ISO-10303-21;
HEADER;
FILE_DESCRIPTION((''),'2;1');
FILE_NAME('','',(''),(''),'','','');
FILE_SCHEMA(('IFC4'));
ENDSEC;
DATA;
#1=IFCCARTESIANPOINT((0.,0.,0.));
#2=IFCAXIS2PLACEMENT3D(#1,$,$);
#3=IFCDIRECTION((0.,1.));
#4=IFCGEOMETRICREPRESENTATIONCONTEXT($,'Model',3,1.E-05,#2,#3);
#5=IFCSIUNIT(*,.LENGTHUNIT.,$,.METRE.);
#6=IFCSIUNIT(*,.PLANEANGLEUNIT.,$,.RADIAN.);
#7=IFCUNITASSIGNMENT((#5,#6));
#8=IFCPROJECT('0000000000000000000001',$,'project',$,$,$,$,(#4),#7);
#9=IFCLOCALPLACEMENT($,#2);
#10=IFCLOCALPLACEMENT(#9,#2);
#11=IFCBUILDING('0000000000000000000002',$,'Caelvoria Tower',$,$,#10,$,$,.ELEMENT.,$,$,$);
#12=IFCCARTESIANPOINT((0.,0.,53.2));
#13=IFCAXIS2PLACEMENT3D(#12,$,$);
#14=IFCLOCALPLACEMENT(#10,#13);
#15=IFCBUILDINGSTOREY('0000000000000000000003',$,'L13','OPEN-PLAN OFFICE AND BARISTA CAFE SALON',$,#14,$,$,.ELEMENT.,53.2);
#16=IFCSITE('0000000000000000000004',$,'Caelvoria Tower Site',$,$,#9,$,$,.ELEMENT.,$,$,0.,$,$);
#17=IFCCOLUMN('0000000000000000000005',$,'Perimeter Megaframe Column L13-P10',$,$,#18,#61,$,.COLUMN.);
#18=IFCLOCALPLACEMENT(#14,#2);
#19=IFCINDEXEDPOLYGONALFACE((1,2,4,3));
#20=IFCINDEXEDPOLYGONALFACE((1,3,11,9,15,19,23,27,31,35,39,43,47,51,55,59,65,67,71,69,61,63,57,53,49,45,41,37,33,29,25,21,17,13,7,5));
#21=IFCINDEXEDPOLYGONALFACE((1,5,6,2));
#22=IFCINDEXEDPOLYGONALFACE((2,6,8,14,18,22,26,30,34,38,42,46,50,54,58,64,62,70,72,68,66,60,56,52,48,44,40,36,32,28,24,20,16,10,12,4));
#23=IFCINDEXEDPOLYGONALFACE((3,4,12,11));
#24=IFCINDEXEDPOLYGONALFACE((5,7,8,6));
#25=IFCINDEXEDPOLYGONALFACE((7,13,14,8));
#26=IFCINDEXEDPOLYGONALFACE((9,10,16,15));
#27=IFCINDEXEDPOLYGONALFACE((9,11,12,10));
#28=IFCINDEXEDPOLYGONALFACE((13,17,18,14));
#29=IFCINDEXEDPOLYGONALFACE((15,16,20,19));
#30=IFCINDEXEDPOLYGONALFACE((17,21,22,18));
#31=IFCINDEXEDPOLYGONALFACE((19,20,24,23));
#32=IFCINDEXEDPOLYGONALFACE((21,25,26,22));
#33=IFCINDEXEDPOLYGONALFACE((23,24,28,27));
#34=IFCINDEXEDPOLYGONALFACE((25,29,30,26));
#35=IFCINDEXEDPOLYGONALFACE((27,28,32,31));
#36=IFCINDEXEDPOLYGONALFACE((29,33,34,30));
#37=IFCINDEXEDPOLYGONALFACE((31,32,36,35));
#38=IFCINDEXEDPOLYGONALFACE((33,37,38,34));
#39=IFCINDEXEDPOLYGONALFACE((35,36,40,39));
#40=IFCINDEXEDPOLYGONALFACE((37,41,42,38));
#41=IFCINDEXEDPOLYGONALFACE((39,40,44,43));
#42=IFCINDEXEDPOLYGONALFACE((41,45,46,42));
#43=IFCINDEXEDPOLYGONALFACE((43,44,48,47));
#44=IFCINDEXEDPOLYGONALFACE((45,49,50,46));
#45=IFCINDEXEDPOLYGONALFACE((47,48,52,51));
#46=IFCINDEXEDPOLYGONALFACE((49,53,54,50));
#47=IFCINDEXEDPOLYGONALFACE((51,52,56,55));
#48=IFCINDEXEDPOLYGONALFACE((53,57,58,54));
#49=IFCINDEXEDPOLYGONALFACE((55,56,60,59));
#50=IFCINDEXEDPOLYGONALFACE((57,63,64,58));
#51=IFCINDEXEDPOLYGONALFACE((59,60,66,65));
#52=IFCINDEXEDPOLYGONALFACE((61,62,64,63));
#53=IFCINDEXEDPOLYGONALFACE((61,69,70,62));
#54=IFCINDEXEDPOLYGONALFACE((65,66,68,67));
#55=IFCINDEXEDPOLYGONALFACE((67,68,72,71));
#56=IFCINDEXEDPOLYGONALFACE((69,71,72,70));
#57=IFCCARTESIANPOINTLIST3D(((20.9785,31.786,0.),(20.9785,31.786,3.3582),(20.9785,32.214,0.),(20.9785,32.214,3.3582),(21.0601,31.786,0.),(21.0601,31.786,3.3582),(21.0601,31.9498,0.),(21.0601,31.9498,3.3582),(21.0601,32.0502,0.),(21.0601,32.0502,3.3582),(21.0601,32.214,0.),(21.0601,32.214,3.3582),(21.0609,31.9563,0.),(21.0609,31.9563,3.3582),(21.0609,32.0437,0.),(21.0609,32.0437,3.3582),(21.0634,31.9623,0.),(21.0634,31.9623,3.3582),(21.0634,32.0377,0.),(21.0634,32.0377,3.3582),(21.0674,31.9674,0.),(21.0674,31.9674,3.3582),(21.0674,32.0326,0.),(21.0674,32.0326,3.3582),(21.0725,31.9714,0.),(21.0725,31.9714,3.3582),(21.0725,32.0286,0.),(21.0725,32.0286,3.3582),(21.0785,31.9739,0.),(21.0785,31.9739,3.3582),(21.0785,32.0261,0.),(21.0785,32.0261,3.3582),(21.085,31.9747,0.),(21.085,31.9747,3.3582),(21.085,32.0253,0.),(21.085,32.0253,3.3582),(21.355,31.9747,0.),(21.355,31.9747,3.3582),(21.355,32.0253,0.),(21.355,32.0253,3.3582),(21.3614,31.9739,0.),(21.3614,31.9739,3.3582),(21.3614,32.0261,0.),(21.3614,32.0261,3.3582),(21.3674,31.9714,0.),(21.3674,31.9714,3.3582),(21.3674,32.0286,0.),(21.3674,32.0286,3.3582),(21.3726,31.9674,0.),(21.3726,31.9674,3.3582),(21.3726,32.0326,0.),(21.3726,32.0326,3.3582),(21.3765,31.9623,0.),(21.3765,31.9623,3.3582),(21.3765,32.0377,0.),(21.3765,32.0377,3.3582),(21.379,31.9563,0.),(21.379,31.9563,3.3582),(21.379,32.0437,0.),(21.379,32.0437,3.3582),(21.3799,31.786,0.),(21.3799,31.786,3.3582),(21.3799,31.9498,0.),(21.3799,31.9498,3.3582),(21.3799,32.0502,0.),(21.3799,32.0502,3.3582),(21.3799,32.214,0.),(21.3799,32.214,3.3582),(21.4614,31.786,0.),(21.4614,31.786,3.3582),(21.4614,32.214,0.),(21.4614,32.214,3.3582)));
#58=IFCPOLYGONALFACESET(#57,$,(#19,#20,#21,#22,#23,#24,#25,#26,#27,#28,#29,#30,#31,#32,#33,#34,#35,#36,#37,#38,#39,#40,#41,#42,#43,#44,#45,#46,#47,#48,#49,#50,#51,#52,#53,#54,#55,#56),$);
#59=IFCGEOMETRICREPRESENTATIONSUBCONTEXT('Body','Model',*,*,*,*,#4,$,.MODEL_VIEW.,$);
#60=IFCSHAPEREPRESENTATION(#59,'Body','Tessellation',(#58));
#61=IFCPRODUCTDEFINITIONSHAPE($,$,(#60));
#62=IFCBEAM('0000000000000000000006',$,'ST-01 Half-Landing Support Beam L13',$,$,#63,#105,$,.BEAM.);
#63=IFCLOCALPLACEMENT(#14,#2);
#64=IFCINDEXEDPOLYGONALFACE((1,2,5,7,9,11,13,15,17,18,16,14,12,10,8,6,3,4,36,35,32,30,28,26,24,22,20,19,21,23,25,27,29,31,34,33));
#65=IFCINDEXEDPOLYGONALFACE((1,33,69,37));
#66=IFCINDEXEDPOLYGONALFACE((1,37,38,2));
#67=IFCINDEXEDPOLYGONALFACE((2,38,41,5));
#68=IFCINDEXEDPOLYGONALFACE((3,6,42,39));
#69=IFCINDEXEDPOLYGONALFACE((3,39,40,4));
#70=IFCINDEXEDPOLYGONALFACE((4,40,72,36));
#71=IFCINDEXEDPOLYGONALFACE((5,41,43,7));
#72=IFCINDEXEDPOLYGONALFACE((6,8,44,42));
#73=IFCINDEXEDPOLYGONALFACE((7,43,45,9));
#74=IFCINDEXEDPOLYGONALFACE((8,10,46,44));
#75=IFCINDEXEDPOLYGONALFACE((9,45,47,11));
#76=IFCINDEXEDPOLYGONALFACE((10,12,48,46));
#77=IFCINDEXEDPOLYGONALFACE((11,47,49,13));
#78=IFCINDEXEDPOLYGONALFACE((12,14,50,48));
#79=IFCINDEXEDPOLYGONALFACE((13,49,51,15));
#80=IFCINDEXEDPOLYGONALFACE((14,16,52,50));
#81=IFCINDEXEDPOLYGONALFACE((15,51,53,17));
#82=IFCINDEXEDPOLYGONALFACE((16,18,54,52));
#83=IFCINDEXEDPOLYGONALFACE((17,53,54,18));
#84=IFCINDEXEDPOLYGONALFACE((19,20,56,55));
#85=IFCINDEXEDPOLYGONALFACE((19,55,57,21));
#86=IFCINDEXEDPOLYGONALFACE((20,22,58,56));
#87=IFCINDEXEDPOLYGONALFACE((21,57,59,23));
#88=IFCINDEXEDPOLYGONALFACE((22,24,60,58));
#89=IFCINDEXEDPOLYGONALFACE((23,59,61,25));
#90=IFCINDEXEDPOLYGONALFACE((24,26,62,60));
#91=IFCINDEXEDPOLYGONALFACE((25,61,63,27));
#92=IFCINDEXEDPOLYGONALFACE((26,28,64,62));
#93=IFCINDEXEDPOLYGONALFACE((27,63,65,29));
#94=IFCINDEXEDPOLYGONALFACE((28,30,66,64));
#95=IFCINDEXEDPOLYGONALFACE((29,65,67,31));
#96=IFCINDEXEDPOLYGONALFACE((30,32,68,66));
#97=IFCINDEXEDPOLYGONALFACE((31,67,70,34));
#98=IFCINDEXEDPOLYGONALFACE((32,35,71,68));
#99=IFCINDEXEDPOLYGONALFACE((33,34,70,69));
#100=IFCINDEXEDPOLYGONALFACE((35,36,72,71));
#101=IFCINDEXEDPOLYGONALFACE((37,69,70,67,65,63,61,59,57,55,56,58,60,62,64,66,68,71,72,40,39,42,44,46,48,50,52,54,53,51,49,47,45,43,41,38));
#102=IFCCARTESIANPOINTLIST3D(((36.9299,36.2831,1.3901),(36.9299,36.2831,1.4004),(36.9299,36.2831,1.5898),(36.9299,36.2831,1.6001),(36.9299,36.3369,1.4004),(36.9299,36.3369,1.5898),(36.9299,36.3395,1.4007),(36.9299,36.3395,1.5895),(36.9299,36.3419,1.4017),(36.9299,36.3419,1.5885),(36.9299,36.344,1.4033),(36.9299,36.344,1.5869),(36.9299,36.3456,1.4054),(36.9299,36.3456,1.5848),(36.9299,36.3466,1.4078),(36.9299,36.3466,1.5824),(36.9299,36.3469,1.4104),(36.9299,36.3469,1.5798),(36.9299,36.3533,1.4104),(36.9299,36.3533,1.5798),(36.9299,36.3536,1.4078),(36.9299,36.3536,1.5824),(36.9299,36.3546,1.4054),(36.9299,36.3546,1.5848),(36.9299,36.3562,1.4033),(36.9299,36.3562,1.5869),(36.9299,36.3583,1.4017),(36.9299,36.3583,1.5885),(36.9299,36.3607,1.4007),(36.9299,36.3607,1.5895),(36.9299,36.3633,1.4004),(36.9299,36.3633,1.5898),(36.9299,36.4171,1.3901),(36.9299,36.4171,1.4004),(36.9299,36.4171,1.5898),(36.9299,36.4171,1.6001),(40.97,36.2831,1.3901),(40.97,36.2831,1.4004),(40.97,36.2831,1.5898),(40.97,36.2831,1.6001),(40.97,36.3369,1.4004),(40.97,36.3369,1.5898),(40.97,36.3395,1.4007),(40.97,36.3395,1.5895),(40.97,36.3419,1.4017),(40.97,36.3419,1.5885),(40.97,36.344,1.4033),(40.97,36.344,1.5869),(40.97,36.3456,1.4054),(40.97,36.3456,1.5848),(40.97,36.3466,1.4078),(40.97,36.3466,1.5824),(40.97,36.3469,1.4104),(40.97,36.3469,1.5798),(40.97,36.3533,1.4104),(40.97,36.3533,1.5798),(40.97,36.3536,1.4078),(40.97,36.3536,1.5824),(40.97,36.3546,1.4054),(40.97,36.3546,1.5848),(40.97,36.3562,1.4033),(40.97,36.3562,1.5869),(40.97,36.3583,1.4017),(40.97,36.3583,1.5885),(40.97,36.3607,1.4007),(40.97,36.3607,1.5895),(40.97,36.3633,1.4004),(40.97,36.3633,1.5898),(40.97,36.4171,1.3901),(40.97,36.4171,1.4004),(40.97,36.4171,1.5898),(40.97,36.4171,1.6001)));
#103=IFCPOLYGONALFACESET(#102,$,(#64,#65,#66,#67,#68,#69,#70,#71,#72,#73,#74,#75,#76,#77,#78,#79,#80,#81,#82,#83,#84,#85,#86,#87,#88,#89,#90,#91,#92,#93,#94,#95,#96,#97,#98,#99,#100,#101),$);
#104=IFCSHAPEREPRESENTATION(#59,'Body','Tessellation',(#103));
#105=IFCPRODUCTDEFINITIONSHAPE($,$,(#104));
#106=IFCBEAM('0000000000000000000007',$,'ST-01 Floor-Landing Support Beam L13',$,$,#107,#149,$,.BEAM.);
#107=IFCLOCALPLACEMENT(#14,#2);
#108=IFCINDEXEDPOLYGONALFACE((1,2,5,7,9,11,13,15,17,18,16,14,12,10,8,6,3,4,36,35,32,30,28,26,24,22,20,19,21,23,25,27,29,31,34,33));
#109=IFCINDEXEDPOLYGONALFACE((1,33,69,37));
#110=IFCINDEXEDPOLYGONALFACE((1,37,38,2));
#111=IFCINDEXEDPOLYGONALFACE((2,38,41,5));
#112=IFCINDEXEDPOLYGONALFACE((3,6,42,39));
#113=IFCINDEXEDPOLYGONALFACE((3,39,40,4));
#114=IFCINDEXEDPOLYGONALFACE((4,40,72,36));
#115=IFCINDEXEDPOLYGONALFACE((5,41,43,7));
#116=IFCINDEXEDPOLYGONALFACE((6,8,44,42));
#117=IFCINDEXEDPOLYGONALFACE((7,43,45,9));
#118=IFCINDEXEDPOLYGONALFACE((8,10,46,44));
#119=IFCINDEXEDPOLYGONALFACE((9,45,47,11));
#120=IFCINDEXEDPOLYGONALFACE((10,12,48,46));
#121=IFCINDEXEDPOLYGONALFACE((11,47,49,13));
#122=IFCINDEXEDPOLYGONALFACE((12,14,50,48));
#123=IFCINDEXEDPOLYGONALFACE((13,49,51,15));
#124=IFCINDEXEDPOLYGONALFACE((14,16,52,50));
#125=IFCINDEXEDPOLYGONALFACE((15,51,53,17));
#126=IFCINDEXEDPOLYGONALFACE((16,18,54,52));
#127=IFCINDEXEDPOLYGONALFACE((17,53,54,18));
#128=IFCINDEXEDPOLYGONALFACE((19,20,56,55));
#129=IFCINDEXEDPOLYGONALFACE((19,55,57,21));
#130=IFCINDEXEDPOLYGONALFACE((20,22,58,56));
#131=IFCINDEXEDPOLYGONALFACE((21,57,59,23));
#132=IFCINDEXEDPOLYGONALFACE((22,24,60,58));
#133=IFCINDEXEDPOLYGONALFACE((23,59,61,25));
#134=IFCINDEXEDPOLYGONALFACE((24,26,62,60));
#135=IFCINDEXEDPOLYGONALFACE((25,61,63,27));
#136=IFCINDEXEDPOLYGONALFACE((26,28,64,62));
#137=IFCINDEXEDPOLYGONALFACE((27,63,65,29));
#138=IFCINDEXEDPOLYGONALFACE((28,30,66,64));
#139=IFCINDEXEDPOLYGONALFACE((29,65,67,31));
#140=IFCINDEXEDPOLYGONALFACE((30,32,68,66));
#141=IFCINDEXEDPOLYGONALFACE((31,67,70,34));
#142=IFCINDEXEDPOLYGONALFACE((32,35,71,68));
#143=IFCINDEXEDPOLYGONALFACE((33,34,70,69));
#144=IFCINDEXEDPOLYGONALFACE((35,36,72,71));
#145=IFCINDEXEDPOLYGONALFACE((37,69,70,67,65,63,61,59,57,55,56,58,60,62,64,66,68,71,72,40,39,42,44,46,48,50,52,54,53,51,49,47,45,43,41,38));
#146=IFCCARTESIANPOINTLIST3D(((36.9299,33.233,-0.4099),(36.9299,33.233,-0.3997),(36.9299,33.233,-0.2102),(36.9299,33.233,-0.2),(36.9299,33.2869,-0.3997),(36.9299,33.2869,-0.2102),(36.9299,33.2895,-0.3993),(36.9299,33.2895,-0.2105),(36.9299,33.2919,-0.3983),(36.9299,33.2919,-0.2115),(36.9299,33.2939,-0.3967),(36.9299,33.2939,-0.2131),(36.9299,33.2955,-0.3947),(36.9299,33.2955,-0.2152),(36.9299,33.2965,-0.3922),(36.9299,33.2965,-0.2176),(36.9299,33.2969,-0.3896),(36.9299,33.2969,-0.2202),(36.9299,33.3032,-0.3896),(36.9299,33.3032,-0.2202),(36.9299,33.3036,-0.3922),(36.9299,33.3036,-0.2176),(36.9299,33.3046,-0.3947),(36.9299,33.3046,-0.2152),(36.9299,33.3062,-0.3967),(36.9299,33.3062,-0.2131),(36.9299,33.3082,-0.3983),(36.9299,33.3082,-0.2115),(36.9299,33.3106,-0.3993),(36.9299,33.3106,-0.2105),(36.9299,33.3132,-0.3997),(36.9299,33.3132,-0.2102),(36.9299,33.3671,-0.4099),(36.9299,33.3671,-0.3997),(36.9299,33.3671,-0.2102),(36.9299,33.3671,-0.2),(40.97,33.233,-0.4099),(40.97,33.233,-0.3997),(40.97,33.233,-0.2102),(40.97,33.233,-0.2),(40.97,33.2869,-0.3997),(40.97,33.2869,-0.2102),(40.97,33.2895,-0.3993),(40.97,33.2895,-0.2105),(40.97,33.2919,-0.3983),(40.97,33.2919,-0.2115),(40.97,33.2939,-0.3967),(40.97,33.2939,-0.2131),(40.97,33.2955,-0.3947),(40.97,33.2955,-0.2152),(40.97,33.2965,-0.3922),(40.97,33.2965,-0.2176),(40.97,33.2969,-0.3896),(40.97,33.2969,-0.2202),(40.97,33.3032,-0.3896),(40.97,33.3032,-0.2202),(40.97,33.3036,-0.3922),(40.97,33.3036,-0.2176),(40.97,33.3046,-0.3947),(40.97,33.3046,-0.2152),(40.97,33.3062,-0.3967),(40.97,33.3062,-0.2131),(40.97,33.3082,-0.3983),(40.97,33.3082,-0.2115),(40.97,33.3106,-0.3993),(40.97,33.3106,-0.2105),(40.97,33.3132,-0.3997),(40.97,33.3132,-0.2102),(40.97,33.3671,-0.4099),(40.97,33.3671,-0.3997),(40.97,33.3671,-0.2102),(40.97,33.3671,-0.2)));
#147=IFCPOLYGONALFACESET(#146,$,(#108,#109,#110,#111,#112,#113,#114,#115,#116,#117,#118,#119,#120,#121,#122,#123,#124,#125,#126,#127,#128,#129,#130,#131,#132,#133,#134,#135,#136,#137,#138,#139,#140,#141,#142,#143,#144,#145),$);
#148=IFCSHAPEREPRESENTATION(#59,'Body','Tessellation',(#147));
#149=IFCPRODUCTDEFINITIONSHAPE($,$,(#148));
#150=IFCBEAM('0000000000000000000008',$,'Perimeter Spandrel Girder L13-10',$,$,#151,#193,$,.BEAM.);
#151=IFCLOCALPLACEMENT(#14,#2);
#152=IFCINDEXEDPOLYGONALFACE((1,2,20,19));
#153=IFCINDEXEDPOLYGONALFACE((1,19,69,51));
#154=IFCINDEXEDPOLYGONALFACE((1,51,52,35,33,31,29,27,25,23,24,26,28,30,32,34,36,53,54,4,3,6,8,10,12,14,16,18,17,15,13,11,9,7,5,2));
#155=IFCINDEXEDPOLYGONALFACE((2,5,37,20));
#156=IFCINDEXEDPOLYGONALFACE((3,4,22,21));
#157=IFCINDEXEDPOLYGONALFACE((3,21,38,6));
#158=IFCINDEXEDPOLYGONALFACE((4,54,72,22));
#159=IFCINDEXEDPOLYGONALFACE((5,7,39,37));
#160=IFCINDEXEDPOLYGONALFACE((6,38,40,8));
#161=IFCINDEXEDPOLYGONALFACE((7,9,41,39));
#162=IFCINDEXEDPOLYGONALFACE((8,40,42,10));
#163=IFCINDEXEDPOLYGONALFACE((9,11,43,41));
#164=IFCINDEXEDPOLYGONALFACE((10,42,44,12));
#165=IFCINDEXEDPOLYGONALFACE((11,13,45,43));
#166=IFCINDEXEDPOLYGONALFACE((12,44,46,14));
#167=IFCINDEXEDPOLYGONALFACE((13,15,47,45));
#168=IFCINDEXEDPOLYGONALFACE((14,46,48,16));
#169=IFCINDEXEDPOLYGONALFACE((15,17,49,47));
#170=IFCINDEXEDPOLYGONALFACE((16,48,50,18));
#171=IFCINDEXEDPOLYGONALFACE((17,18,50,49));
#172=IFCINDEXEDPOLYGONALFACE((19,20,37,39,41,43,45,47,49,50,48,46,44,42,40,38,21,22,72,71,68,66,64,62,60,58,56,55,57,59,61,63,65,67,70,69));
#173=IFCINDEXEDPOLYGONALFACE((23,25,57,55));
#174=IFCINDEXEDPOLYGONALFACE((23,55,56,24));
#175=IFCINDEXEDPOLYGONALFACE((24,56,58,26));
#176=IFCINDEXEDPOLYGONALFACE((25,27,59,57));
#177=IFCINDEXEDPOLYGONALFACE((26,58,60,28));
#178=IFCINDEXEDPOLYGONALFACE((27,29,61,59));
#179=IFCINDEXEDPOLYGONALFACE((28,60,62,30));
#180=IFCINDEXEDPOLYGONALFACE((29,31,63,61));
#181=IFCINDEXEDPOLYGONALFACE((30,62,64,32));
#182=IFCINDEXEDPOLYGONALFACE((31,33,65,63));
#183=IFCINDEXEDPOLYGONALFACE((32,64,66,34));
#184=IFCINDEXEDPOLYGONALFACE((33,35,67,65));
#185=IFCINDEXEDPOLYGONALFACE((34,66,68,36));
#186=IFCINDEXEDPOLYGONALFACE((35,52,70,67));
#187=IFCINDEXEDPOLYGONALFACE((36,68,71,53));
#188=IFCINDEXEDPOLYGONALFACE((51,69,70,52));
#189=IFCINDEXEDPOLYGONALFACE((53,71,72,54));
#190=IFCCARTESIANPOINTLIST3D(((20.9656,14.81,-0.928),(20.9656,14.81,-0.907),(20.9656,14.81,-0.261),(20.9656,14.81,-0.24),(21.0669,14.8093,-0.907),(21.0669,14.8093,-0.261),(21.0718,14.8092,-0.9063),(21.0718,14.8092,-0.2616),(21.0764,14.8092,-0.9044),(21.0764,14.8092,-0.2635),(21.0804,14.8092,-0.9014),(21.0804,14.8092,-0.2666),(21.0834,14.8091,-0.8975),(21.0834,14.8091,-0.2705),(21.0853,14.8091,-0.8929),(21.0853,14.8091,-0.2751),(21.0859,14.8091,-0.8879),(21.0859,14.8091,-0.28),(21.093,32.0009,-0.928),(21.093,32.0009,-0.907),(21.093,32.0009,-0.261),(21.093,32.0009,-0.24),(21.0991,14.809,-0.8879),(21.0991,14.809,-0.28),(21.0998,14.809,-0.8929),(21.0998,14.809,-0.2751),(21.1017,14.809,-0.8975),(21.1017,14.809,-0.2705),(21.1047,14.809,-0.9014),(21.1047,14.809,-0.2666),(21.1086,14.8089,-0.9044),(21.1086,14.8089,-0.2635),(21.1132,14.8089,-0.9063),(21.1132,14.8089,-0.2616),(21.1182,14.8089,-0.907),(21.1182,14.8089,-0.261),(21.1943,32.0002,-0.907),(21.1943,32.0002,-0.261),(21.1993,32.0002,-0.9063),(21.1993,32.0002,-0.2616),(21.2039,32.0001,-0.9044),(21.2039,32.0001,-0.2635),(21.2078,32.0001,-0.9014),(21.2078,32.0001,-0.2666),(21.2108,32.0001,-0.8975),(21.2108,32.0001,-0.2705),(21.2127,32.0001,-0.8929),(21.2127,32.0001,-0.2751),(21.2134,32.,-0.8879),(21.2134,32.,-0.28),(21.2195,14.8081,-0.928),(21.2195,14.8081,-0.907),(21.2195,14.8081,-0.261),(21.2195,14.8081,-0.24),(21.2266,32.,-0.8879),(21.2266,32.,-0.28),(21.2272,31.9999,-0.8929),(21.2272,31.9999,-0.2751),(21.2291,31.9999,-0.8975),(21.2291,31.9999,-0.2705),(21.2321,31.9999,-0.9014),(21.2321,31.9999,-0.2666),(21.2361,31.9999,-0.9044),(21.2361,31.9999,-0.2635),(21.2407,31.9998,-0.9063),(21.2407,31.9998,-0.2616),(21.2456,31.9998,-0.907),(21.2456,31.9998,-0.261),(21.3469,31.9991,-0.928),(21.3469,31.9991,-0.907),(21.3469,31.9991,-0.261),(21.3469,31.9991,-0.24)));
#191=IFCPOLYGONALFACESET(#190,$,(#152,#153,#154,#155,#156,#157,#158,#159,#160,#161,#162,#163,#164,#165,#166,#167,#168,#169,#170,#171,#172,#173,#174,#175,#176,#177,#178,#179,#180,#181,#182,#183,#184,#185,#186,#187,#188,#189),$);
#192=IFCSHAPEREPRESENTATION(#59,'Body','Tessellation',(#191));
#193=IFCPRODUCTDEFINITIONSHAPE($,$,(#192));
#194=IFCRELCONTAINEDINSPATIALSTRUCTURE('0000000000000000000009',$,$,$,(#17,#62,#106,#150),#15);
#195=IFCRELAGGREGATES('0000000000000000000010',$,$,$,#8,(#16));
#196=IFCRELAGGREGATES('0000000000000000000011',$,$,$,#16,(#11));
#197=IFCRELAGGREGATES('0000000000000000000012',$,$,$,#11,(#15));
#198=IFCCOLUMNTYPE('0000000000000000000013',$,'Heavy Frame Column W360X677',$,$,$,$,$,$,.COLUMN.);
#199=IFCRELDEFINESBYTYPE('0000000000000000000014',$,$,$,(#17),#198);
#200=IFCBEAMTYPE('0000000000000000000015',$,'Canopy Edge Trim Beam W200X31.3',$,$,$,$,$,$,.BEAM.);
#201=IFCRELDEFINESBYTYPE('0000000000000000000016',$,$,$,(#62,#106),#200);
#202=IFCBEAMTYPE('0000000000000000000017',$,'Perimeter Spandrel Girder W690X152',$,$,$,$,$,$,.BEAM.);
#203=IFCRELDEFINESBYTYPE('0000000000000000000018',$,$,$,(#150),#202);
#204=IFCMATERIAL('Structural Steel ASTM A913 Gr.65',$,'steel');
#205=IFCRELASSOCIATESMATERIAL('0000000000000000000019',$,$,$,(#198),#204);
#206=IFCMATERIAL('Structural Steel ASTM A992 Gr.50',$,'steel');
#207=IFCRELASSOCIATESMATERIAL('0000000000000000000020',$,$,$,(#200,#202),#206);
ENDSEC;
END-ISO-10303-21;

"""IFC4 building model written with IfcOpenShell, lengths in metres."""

from ifc_helpers import new_model, si_unit, direction, frame, origin, origin_2d, place, context, subcontext, project, spatial, i_section, extrude, material, material_profile, profile_set, type_object, element, save


model = new_model("IFC4")

# Units and contexts
model_context = context("Model", 3, precision=1e-05, world=origin(), true_north=direction((0.0, 1.0)))
body_context = subcontext(model_context, "Body", "Model", "MODEL_VIEW")
ifc_project = project(units=[si_unit("LENGTHUNIT", "METRE"), si_unit("PLANEANGLEUNIT", "RADIAN")], contexts=[model_context])

# Site, building, storey
site_placement = place(None, origin())
site = spatial("IfcSite", under=ifc_project, at=site_placement, Name="Caelvoria Tower Site", CompositionType="ELEMENT", RefElevation=0.0)
building_placement = place(site_placement, origin())
building = spatial("IfcBuilding", under=site, at=building_placement, Name="Caelvoria Tower", CompositionType="ELEMENT")
storey_placement = place(building_placement, frame((0.0, 0.0, 53.2)))
storey = spatial("IfcBuildingStorey", under=building, at=storey_placement, Name="L13", Description="OPEN-PLAN OFFICE AND BARISTA CAFE SALON", CompositionType="ELEMENT", Elevation=53.2)

# Column
ifc_material_1 = material(Name="Structural Steel ASTM A913 Gr.65", Category="steel")
ifc_material_profile_1 = material_profile(ifc_material_1, i_section(OverallWidth=0.428, OverallDepth=0.4829, WebThickness=0.0505, FlangeThickness=0.0815, FilletRadius=0.0249, at=origin_2d()), Name="Structural Steel ASTM A913 Gr.65")
ifc_profile_set_1 = profile_set([ifc_material_profile_1], Name="W360X677 - Structural Steel ASTM A913 Gr.65")
column_type = type_object("IfcColumnType", Name="Heavy Frame Column W360X677", PredefinedType="COLUMN", material=ifc_profile_set_1)
column_placement = place(storey_placement, frame((21.22, 32.0, 0.0), z_axis=(0.0, 0.0, 1.0), x_axis=(0.0, 1.0, 0.0)))
element("IfcColumn", 1, at=column_placement, inside=storey, type_object=column_type, Name="Perimeter Megaframe Column L13-P10", PredefinedType="COLUMN", context=body_context, shape_type="SweptSolid", body=[
    extrude(i_section(OverallWidth=0.428, OverallDepth=0.4829, WebThickness=0.0505, FlangeThickness=0.0815, FilletRadius=0.0249, at=origin_2d()), origin(), (0.0, 0.0, 1.0), 3.3582),
])

# Beams
ifc_material_2 = material(Name="Structural Steel ASTM A992 Gr.50", Category="steel")
ifc_material_profile_2 = material_profile(ifc_material_2, i_section(OverallWidth=0.134, OverallDepth=0.21, WebThickness=0.0063, FlangeThickness=0.0103, FilletRadius=0.01, at=origin_2d()), Name="Structural Steel ASTM A992 Gr.50")
ifc_profile_set_2 = profile_set([ifc_material_profile_2], Name="W200X31.3 - Structural Steel ASTM A992 Gr.50")
beam_type_1 = type_object("IfcBeamType", Name="Canopy Edge Trim Beam W200X31.3", PredefinedType="BEAM", material=ifc_profile_set_2)
for number, where, z_axis, x_axis, name in (
    (2, (36.9299, 36.3501, 1.4951), (1.0, 0.0, 0.0), (0.0, 1.0, 0.0), "ST-01 Half-Landing Support Beam L13"),
    (3, (36.9299, 33.3, -0.3049), (1.0, 0.0, 0.0), (0.0, 1.0, 0.0), "ST-01 Floor-Landing Support Beam L13"),
):
    element("IfcBeam", number, at=place(storey_placement, frame(where, z_axis=z_axis, x_axis=x_axis)), inside=storey, type_object=beam_type_1, Name=name, PredefinedType="BEAM", context=body_context, shape_type="SweptSolid", body=[
        extrude(i_section(OverallWidth=0.134, OverallDepth=0.21, WebThickness=0.0063, FlangeThickness=0.0103, FilletRadius=0.01, at=origin_2d()), origin(), (0.0, 0.0, 1.0), 4.04),
    ])
ifc_material_profile_3 = material_profile(ifc_material_2, i_section(OverallWidth=0.2539, OverallDepth=0.688, WebThickness=0.0132, FlangeThickness=0.021, FilletRadius=0.019, at=origin_2d()), Name="Structural Steel ASTM A992 Gr.50")
ifc_profile_set_3 = profile_set([ifc_material_profile_3], Name="W690X152 - Structural Steel ASTM A992 Gr.50")
beam_type_2 = type_object("IfcBeamType", Name="Perimeter Spandrel Girder W690X152", PredefinedType="BEAM", material=ifc_profile_set_3)
beam_1_placement = place(storey_placement, frame((21.22, 32.0, -0.584), z_axis=(-0.007413, -0.999973, 0.0), x_axis=(0.999973, -0.007413, 0.0)))
element("IfcBeam", 4, at=beam_1_placement, inside=storey, type_object=beam_type_2, Name="Perimeter Spandrel Girder L13-10", PredefinedType="BEAM", context=body_context, shape_type="SweptSolid", body=[
    extrude(i_section(OverallWidth=0.2539, OverallDepth=0.688, WebThickness=0.0132, FlangeThickness=0.021, FilletRadius=0.019, at=origin_2d()), origin(), (0.0, 0.0, 1.0), 17.1914),
])

save(model, "model.ifc")
